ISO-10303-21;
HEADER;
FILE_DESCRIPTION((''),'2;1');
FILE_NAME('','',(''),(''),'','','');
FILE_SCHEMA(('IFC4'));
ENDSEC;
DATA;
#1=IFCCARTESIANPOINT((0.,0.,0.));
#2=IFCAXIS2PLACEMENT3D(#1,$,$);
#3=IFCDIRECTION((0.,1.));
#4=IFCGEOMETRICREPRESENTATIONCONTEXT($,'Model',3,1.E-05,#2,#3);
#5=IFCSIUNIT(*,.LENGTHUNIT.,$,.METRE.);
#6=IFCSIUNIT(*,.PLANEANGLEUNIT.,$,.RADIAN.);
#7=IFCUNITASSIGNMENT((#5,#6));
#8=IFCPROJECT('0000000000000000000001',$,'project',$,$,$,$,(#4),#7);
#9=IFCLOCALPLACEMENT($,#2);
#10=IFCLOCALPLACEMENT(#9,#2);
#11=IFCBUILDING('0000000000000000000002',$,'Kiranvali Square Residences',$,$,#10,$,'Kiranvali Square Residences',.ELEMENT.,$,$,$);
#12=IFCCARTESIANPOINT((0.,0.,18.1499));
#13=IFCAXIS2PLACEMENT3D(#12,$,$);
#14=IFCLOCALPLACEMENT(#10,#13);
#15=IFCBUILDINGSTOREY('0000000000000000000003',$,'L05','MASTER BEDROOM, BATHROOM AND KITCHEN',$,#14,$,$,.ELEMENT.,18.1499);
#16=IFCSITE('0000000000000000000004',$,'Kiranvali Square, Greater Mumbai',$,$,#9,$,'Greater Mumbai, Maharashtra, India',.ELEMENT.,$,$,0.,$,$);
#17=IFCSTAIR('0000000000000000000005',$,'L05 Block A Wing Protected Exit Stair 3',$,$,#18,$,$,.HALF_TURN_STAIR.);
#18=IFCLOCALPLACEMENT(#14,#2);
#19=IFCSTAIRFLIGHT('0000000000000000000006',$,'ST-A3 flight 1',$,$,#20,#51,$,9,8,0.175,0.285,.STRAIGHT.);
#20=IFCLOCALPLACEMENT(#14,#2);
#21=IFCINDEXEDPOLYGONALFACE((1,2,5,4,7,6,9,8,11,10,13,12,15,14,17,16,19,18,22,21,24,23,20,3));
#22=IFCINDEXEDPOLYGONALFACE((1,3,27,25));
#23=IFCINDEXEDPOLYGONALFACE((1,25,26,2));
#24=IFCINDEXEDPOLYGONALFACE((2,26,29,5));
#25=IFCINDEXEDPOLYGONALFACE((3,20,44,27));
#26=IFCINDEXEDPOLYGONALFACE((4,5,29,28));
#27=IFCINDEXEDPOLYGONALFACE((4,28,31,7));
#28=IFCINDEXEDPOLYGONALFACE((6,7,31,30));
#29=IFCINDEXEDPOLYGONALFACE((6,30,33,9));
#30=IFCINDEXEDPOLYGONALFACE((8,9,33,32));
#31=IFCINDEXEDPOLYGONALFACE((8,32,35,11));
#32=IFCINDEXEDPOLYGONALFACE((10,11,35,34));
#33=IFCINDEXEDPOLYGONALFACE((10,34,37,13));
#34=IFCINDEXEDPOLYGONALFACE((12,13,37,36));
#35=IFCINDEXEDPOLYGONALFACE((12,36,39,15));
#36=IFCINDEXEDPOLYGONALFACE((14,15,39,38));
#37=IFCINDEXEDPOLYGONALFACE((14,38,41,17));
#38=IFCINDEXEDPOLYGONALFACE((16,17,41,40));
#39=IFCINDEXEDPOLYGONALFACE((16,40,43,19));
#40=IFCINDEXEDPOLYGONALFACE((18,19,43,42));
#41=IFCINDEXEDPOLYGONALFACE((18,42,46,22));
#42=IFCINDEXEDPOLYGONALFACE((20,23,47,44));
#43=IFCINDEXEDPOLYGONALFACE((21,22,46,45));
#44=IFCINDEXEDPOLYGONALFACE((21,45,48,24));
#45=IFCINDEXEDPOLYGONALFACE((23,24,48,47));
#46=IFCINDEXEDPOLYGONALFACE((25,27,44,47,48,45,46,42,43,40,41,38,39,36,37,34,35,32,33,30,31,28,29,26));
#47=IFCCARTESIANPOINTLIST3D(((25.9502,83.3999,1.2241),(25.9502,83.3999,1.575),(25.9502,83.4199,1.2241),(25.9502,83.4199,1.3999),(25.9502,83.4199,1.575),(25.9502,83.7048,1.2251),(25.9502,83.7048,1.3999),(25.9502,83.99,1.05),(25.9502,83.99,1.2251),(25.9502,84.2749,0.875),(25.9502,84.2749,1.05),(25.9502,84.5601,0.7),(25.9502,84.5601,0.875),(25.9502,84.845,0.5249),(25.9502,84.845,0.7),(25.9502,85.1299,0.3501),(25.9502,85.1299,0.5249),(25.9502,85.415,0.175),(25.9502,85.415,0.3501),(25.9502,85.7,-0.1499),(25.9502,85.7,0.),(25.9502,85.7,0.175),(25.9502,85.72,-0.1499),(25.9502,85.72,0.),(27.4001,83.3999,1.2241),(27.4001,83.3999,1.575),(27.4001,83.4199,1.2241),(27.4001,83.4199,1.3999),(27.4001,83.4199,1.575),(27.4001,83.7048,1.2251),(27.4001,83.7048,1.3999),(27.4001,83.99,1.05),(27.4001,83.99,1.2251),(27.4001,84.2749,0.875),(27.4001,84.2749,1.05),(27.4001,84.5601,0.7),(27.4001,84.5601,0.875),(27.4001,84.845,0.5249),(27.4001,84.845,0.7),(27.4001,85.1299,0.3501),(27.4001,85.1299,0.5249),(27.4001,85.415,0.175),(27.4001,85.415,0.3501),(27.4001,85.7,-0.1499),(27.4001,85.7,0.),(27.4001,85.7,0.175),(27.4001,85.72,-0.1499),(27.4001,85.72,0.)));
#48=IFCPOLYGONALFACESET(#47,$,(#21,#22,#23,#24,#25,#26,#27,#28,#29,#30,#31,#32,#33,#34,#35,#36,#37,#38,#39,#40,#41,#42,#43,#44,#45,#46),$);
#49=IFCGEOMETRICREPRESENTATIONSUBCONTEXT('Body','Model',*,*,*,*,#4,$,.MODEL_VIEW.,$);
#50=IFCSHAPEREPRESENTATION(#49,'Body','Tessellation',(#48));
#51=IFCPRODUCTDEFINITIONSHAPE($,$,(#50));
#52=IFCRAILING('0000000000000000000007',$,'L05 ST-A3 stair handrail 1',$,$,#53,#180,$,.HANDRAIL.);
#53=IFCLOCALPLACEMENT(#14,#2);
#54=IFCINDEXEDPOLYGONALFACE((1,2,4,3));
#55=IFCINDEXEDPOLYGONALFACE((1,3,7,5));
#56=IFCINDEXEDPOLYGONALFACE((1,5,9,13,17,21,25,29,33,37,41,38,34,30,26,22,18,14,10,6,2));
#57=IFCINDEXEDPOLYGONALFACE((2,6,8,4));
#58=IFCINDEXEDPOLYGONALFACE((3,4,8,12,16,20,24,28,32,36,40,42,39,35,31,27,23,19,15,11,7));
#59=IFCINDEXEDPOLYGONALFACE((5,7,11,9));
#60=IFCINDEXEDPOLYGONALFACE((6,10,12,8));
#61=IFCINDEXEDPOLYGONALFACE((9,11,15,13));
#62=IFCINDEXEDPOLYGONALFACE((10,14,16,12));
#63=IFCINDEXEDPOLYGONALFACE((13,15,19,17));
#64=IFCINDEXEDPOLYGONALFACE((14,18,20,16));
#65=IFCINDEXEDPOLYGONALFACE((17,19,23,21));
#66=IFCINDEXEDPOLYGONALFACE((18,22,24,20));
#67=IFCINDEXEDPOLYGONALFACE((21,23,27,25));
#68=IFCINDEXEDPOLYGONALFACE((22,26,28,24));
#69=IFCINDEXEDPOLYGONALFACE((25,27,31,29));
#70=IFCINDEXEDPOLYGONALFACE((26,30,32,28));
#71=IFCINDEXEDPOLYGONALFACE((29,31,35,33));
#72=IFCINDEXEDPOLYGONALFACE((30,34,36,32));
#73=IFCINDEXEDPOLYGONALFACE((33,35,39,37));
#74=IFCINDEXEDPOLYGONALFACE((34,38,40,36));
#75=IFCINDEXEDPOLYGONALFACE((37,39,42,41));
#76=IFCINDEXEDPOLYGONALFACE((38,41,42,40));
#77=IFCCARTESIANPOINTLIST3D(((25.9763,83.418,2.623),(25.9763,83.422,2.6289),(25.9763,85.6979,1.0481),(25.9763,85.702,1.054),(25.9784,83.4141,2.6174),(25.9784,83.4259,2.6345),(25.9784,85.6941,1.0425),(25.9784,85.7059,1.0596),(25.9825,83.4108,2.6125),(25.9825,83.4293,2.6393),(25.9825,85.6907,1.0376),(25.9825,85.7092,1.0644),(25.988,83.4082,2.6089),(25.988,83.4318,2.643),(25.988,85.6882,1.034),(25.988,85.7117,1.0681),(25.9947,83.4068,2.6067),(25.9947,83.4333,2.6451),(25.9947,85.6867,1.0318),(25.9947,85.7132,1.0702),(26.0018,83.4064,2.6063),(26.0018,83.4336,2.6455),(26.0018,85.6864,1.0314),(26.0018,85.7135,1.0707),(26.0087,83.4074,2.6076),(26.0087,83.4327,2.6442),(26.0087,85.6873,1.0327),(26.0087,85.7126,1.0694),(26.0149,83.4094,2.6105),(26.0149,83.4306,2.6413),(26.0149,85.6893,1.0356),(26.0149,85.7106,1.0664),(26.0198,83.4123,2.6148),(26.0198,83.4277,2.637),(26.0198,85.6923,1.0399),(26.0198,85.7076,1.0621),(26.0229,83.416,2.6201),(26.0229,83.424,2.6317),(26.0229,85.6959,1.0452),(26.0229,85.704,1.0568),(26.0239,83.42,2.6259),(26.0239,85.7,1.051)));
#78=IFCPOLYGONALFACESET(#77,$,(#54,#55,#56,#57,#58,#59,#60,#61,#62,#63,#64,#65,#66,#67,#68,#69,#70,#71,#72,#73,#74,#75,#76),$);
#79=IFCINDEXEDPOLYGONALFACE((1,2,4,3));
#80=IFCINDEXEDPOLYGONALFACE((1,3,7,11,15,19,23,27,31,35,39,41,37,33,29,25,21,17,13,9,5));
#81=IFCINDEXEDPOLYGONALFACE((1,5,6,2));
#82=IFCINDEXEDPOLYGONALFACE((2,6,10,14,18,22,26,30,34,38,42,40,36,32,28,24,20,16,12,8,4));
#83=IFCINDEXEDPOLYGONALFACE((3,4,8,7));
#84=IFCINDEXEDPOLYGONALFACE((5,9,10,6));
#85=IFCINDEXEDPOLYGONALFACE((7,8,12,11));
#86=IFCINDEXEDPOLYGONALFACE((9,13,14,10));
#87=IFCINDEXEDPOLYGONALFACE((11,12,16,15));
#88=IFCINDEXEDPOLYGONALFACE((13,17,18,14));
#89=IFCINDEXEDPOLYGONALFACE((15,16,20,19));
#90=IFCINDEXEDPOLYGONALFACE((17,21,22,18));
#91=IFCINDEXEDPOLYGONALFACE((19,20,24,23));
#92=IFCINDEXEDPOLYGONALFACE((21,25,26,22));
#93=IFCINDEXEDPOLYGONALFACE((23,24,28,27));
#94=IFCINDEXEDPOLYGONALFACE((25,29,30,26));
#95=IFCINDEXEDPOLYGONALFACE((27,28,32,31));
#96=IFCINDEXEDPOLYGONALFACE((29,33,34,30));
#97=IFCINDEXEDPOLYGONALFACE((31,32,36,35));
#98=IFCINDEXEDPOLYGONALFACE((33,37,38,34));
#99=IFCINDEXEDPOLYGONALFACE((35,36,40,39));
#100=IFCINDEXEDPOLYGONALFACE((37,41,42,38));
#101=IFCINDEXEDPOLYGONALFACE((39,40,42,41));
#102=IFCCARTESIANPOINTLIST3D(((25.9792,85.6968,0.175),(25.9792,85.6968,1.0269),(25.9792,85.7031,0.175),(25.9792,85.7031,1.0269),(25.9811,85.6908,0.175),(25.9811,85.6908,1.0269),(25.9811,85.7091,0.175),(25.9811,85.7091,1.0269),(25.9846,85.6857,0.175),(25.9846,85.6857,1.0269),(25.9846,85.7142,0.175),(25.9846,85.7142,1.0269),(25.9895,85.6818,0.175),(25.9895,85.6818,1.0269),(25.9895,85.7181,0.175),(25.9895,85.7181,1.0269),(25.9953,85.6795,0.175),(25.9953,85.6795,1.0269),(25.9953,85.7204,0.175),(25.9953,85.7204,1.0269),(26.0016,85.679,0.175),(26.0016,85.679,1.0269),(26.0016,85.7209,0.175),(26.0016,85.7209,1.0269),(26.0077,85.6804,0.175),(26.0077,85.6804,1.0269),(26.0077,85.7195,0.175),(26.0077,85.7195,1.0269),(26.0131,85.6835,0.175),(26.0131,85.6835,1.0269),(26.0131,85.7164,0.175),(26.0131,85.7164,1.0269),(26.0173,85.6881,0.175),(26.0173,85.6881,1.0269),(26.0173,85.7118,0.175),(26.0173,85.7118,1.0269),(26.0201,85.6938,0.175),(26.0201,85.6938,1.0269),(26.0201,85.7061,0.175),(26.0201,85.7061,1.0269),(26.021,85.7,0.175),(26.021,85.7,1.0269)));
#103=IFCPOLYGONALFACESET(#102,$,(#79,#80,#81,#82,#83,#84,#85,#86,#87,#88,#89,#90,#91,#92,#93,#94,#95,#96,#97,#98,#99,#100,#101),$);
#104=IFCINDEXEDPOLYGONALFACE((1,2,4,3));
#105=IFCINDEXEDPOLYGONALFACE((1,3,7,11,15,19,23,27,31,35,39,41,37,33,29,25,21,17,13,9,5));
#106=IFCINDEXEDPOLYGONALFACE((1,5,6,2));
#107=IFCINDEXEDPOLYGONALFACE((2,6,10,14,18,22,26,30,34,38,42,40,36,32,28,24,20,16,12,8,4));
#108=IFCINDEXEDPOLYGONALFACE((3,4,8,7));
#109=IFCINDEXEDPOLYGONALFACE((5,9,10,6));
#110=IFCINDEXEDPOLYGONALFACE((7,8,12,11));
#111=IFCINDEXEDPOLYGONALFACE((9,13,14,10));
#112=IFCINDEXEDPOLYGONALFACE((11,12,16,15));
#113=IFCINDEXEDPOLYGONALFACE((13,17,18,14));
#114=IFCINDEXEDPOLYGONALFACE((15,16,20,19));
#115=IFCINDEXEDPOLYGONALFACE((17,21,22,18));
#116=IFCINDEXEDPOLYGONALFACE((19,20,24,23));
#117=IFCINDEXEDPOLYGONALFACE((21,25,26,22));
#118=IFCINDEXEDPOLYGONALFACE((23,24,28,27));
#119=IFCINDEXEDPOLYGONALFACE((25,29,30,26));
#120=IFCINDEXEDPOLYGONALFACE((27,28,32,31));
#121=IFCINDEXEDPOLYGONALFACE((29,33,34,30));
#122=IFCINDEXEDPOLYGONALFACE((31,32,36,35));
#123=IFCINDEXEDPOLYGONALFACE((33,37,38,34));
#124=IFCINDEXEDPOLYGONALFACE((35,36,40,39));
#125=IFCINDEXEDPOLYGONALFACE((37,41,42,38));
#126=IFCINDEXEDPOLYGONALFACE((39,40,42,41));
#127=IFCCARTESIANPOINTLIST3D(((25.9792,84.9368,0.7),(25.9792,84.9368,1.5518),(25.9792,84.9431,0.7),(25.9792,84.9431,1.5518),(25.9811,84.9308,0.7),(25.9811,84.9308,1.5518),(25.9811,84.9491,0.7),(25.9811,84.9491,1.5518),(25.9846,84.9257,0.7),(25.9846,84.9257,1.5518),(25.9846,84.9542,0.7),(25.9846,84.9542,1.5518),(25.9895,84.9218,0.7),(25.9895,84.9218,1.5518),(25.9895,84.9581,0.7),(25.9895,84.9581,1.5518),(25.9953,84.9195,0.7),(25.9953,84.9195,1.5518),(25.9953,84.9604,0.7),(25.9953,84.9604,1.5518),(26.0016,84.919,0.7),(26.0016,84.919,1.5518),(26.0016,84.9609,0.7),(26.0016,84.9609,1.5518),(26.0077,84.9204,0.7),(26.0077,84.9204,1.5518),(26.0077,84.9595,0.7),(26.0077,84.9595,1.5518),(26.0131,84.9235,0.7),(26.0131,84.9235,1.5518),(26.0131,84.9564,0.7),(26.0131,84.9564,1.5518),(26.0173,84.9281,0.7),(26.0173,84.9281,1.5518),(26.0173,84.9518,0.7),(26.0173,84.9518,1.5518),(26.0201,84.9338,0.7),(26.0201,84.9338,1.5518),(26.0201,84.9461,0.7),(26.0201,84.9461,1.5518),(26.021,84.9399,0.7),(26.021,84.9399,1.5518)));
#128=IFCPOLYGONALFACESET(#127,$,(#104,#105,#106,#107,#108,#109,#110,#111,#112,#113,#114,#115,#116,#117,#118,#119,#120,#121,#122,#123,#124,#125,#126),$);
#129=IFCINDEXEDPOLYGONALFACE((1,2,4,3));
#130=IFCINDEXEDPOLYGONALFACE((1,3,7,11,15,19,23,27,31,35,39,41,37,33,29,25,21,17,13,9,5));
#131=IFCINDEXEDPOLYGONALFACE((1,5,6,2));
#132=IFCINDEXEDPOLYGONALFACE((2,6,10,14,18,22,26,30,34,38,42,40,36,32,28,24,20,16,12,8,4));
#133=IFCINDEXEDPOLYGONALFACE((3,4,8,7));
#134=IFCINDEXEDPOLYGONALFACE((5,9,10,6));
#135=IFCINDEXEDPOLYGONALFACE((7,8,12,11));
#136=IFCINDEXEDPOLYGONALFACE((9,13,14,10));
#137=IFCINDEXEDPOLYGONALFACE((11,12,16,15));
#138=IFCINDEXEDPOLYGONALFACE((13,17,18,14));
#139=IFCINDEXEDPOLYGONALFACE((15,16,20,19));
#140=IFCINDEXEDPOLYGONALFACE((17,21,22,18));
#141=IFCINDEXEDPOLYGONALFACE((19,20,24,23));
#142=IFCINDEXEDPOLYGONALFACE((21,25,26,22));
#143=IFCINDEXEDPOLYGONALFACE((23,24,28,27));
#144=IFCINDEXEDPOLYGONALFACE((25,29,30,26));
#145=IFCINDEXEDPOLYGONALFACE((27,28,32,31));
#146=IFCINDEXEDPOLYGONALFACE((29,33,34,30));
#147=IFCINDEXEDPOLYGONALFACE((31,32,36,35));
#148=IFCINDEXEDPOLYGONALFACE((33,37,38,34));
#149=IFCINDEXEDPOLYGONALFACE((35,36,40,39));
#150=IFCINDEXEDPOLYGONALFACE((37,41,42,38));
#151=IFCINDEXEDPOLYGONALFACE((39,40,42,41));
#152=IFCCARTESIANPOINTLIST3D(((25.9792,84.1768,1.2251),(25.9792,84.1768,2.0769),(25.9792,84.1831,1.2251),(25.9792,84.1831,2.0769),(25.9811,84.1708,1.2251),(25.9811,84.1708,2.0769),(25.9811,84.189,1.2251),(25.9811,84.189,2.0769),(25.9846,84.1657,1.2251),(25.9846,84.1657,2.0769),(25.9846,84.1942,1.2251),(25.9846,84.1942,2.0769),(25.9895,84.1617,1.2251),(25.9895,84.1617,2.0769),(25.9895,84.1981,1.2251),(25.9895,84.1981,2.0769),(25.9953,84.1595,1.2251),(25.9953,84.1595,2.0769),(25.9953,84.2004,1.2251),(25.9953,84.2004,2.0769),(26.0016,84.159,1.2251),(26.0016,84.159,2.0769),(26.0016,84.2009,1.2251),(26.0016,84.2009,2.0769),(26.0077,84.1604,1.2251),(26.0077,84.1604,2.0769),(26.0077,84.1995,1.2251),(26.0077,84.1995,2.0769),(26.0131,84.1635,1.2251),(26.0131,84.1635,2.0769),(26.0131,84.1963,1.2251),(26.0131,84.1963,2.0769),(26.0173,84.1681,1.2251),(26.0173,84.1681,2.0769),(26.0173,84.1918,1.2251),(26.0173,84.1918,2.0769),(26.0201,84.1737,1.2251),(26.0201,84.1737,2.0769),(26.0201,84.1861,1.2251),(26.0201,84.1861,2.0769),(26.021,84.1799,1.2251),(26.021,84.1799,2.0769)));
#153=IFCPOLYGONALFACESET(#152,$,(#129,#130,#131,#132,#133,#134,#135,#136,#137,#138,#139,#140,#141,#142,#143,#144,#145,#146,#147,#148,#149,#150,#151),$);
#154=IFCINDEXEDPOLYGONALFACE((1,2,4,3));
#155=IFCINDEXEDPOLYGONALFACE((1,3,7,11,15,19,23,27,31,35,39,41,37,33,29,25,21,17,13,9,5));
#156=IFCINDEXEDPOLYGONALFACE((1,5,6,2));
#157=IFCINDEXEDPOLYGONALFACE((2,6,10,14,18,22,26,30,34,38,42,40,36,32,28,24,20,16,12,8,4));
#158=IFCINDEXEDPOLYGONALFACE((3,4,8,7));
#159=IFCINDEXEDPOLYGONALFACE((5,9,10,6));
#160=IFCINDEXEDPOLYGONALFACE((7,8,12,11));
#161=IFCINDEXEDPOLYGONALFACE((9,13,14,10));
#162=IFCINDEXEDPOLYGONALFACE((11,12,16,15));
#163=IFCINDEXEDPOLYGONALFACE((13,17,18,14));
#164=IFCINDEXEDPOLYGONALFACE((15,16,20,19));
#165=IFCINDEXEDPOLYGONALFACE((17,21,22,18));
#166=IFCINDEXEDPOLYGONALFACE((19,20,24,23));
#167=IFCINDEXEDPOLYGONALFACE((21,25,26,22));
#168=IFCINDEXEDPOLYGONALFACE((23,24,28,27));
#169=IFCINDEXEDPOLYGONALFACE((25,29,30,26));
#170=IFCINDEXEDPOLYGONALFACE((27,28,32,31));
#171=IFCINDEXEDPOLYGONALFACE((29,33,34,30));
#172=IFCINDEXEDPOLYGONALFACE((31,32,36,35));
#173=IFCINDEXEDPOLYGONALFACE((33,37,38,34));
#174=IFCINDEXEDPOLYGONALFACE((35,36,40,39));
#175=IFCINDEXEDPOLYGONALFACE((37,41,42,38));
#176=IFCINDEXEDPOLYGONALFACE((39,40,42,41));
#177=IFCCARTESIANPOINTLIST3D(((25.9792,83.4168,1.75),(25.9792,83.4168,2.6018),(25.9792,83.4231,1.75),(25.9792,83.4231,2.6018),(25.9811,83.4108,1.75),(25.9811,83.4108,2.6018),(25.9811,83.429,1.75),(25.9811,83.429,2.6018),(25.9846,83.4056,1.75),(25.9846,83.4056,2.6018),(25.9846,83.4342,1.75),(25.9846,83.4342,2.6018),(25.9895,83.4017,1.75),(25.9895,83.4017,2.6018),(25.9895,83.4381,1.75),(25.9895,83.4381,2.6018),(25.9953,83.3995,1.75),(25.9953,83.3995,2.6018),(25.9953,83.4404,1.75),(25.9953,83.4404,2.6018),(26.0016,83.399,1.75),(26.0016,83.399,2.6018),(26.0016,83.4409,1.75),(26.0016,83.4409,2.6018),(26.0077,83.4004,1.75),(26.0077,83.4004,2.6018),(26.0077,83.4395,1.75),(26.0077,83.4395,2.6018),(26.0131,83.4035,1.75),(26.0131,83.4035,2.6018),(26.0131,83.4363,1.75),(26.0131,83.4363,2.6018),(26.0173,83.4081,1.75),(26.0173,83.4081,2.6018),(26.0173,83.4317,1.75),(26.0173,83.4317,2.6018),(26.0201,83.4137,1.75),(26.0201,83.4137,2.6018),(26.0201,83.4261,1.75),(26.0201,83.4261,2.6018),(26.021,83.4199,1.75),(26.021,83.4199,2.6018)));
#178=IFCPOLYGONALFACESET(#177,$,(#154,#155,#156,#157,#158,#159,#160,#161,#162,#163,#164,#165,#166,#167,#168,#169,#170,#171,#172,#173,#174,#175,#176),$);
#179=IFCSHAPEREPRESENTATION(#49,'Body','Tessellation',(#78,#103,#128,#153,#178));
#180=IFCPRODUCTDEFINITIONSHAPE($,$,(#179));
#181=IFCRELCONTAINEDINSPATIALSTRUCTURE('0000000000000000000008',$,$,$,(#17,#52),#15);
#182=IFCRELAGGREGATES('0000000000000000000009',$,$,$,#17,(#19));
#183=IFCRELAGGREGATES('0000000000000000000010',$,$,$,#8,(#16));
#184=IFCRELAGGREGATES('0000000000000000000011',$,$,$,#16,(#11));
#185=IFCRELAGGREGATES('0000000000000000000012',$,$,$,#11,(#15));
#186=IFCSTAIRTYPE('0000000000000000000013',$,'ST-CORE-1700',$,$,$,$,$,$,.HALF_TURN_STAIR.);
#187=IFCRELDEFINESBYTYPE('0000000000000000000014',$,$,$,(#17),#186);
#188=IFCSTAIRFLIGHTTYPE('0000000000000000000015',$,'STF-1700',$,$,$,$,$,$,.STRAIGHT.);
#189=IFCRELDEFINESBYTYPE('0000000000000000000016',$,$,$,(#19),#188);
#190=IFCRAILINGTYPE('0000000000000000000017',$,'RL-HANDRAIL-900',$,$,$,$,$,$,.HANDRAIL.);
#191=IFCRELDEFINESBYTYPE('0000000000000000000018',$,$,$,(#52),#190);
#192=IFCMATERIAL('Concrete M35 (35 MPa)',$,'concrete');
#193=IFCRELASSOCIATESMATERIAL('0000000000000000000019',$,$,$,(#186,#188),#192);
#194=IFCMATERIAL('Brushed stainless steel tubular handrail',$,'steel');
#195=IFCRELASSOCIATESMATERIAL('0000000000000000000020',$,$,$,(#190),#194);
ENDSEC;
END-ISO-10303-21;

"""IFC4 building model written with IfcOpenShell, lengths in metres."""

from ifc_helpers import new_model, si_unit, direction, frame, origin, origin_2d, place, context, subcontext, project, spatial, polyline, circle, outline, extrude, material, type_object, element, aggregate, save


model = new_model("IFC4")

# Units and contexts
model_context = context("Model", 3, precision=1e-05, world=origin(), true_north=direction((0.0, 1.0)))
body_context = subcontext(model_context, "Body", "Model", "MODEL_VIEW")
ifc_project = project(units=[si_unit("LENGTHUNIT", "METRE"), si_unit("PLANEANGLEUNIT", "RADIAN")], contexts=[model_context])

# Site, building, storey
site_placement = place(None, origin())
site = spatial("IfcSite", under=ifc_project, at=site_placement, Name="Kiranvali Square, Greater Mumbai", LongName="Greater Mumbai, Maharashtra, India", CompositionType="ELEMENT", RefElevation=0.0)
building_placement = place(site_placement, origin())
building = spatial("IfcBuilding", under=site, at=building_placement, Name="Kiranvali Square Residences", LongName="Kiranvali Square Residences", CompositionType="ELEMENT")
storey_placement = place(building_placement, frame((0.0, 0.0, 18.1499)))
storey = spatial("IfcBuildingStorey", under=building, at=storey_placement, Name="L05", Description="MASTER BEDROOM, BATHROOM AND KITCHEN", CompositionType="ELEMENT", Elevation=18.1499)

# Stair, stair flight
ifc_material_1 = material(Name="Concrete M35 (35 MPa)", Category="concrete")
stair_type = type_object("IfcStairType", Name="ST-CORE-1700", PredefinedType="HALF_TURN_STAIR", material=ifc_material_1)
stair_placement = place(storey_placement, origin())
stair = element("IfcStair", 1, at=stair_placement, inside=storey, type_object=stair_type, Name="L05 Block A Wing Protected Exit Stair 3", PredefinedType="HALF_TURN_STAIR")
stair_flight_type = type_object("IfcStairFlightType", Name="STF-1700", PredefinedType="STRAIGHT", material=ifc_material_1)
stair_flight_placement = place(storey_placement, frame((26.675, 85.7, 0.0), z_axis=(0.0, 0.0, 1.0), x_axis=(0.0, -1.0, 0.0)))
stair_flight = element("IfcStairFlight", 2, at=stair_flight_placement, type_object=stair_flight_type, Name="ST-A3 flight 1", NumberOfRisers=9, NumberOfTreads=8, PredefinedType="STRAIGHT", RiserHeight=0.175, TreadLength=0.285, context=body_context, shape_type="SweptSolid", body=[
    extrude(outline(polyline([(-0.02, -0.1499), (-0.02, 0.0), (0.0, 0.0), (0.0, 0.175), (0.2849, 0.175), (0.2849, 0.3501), (0.5701, 0.3501), (0.5701, 0.5249), (0.855, 0.5249), (0.855, 0.7), (1.1399, 0.7), (1.1399, 0.875), (1.425, 0.875), (1.425, 1.05), (1.71, 1.05), (1.71, 1.2251), (1.9951, 1.2251), (1.9951, 1.3999), (2.28, 1.3999), (2.28, 1.575), (2.3, 1.575), (2.3, 1.2241), (2.28, 1.2241), (0.0, -0.1499), (-0.02, -0.1499)])), frame((0.0, 0.7251, 0.0), z_axis=(0.0, -1.0, 0.0), x_axis=(1.0, 0.0, 0.0)), (0.0, 0.0, 1.0), 1.45),
])
aggregate(stair, [stair_flight])

# Railing
ifc_material_2 = material(Name="Brushed stainless steel tubular handrail", Category="steel")
railing_type_1 = type_object("IfcRailingType", Name="RL-HANDRAIL-900", PredefinedType="HANDRAIL", material=ifc_material_2)
railing_1_placement = place(storey_placement, frame((26.0, 85.7, 0.175)))
element("IfcRailing", 3, at=railing_1_placement, inside=storey, type_object=railing_type_1, Name="L05 ST-A3 stair handrail 1", PredefinedType="HANDRAIL", context=body_context, shape_type="SweptSolid", body=[
    extrude(circle(Radius=0.0239, at=origin_2d()), frame((0.0, 0.0, 0.876), z_axis=(0.0, -0.822788, 0.568348), x_axis=(1.0, 0.0, 0.0)), (0.0, 0.0, 1.0), 2.771),
    extrude(circle(Radius=0.021, at=origin_2d()), origin(), (0.0, 0.0, 1.0), 0.8518),
    extrude(circle(Radius=0.021, at=origin_2d()), frame((0.0, -0.76, 0.5249)), (0.0, 0.0, 1.0), 0.8518),
    extrude(circle(Radius=0.021, at=origin_2d()), frame((0.0, -1.52, 1.05)), (0.0, 0.0, 1.0), 0.8518),
    extrude(circle(Radius=0.021, at=origin_2d()), frame((0.0, -2.28, 1.575)), (0.0, 0.0, 1.0), 0.8518),
])

save(model, "model.ifc")
